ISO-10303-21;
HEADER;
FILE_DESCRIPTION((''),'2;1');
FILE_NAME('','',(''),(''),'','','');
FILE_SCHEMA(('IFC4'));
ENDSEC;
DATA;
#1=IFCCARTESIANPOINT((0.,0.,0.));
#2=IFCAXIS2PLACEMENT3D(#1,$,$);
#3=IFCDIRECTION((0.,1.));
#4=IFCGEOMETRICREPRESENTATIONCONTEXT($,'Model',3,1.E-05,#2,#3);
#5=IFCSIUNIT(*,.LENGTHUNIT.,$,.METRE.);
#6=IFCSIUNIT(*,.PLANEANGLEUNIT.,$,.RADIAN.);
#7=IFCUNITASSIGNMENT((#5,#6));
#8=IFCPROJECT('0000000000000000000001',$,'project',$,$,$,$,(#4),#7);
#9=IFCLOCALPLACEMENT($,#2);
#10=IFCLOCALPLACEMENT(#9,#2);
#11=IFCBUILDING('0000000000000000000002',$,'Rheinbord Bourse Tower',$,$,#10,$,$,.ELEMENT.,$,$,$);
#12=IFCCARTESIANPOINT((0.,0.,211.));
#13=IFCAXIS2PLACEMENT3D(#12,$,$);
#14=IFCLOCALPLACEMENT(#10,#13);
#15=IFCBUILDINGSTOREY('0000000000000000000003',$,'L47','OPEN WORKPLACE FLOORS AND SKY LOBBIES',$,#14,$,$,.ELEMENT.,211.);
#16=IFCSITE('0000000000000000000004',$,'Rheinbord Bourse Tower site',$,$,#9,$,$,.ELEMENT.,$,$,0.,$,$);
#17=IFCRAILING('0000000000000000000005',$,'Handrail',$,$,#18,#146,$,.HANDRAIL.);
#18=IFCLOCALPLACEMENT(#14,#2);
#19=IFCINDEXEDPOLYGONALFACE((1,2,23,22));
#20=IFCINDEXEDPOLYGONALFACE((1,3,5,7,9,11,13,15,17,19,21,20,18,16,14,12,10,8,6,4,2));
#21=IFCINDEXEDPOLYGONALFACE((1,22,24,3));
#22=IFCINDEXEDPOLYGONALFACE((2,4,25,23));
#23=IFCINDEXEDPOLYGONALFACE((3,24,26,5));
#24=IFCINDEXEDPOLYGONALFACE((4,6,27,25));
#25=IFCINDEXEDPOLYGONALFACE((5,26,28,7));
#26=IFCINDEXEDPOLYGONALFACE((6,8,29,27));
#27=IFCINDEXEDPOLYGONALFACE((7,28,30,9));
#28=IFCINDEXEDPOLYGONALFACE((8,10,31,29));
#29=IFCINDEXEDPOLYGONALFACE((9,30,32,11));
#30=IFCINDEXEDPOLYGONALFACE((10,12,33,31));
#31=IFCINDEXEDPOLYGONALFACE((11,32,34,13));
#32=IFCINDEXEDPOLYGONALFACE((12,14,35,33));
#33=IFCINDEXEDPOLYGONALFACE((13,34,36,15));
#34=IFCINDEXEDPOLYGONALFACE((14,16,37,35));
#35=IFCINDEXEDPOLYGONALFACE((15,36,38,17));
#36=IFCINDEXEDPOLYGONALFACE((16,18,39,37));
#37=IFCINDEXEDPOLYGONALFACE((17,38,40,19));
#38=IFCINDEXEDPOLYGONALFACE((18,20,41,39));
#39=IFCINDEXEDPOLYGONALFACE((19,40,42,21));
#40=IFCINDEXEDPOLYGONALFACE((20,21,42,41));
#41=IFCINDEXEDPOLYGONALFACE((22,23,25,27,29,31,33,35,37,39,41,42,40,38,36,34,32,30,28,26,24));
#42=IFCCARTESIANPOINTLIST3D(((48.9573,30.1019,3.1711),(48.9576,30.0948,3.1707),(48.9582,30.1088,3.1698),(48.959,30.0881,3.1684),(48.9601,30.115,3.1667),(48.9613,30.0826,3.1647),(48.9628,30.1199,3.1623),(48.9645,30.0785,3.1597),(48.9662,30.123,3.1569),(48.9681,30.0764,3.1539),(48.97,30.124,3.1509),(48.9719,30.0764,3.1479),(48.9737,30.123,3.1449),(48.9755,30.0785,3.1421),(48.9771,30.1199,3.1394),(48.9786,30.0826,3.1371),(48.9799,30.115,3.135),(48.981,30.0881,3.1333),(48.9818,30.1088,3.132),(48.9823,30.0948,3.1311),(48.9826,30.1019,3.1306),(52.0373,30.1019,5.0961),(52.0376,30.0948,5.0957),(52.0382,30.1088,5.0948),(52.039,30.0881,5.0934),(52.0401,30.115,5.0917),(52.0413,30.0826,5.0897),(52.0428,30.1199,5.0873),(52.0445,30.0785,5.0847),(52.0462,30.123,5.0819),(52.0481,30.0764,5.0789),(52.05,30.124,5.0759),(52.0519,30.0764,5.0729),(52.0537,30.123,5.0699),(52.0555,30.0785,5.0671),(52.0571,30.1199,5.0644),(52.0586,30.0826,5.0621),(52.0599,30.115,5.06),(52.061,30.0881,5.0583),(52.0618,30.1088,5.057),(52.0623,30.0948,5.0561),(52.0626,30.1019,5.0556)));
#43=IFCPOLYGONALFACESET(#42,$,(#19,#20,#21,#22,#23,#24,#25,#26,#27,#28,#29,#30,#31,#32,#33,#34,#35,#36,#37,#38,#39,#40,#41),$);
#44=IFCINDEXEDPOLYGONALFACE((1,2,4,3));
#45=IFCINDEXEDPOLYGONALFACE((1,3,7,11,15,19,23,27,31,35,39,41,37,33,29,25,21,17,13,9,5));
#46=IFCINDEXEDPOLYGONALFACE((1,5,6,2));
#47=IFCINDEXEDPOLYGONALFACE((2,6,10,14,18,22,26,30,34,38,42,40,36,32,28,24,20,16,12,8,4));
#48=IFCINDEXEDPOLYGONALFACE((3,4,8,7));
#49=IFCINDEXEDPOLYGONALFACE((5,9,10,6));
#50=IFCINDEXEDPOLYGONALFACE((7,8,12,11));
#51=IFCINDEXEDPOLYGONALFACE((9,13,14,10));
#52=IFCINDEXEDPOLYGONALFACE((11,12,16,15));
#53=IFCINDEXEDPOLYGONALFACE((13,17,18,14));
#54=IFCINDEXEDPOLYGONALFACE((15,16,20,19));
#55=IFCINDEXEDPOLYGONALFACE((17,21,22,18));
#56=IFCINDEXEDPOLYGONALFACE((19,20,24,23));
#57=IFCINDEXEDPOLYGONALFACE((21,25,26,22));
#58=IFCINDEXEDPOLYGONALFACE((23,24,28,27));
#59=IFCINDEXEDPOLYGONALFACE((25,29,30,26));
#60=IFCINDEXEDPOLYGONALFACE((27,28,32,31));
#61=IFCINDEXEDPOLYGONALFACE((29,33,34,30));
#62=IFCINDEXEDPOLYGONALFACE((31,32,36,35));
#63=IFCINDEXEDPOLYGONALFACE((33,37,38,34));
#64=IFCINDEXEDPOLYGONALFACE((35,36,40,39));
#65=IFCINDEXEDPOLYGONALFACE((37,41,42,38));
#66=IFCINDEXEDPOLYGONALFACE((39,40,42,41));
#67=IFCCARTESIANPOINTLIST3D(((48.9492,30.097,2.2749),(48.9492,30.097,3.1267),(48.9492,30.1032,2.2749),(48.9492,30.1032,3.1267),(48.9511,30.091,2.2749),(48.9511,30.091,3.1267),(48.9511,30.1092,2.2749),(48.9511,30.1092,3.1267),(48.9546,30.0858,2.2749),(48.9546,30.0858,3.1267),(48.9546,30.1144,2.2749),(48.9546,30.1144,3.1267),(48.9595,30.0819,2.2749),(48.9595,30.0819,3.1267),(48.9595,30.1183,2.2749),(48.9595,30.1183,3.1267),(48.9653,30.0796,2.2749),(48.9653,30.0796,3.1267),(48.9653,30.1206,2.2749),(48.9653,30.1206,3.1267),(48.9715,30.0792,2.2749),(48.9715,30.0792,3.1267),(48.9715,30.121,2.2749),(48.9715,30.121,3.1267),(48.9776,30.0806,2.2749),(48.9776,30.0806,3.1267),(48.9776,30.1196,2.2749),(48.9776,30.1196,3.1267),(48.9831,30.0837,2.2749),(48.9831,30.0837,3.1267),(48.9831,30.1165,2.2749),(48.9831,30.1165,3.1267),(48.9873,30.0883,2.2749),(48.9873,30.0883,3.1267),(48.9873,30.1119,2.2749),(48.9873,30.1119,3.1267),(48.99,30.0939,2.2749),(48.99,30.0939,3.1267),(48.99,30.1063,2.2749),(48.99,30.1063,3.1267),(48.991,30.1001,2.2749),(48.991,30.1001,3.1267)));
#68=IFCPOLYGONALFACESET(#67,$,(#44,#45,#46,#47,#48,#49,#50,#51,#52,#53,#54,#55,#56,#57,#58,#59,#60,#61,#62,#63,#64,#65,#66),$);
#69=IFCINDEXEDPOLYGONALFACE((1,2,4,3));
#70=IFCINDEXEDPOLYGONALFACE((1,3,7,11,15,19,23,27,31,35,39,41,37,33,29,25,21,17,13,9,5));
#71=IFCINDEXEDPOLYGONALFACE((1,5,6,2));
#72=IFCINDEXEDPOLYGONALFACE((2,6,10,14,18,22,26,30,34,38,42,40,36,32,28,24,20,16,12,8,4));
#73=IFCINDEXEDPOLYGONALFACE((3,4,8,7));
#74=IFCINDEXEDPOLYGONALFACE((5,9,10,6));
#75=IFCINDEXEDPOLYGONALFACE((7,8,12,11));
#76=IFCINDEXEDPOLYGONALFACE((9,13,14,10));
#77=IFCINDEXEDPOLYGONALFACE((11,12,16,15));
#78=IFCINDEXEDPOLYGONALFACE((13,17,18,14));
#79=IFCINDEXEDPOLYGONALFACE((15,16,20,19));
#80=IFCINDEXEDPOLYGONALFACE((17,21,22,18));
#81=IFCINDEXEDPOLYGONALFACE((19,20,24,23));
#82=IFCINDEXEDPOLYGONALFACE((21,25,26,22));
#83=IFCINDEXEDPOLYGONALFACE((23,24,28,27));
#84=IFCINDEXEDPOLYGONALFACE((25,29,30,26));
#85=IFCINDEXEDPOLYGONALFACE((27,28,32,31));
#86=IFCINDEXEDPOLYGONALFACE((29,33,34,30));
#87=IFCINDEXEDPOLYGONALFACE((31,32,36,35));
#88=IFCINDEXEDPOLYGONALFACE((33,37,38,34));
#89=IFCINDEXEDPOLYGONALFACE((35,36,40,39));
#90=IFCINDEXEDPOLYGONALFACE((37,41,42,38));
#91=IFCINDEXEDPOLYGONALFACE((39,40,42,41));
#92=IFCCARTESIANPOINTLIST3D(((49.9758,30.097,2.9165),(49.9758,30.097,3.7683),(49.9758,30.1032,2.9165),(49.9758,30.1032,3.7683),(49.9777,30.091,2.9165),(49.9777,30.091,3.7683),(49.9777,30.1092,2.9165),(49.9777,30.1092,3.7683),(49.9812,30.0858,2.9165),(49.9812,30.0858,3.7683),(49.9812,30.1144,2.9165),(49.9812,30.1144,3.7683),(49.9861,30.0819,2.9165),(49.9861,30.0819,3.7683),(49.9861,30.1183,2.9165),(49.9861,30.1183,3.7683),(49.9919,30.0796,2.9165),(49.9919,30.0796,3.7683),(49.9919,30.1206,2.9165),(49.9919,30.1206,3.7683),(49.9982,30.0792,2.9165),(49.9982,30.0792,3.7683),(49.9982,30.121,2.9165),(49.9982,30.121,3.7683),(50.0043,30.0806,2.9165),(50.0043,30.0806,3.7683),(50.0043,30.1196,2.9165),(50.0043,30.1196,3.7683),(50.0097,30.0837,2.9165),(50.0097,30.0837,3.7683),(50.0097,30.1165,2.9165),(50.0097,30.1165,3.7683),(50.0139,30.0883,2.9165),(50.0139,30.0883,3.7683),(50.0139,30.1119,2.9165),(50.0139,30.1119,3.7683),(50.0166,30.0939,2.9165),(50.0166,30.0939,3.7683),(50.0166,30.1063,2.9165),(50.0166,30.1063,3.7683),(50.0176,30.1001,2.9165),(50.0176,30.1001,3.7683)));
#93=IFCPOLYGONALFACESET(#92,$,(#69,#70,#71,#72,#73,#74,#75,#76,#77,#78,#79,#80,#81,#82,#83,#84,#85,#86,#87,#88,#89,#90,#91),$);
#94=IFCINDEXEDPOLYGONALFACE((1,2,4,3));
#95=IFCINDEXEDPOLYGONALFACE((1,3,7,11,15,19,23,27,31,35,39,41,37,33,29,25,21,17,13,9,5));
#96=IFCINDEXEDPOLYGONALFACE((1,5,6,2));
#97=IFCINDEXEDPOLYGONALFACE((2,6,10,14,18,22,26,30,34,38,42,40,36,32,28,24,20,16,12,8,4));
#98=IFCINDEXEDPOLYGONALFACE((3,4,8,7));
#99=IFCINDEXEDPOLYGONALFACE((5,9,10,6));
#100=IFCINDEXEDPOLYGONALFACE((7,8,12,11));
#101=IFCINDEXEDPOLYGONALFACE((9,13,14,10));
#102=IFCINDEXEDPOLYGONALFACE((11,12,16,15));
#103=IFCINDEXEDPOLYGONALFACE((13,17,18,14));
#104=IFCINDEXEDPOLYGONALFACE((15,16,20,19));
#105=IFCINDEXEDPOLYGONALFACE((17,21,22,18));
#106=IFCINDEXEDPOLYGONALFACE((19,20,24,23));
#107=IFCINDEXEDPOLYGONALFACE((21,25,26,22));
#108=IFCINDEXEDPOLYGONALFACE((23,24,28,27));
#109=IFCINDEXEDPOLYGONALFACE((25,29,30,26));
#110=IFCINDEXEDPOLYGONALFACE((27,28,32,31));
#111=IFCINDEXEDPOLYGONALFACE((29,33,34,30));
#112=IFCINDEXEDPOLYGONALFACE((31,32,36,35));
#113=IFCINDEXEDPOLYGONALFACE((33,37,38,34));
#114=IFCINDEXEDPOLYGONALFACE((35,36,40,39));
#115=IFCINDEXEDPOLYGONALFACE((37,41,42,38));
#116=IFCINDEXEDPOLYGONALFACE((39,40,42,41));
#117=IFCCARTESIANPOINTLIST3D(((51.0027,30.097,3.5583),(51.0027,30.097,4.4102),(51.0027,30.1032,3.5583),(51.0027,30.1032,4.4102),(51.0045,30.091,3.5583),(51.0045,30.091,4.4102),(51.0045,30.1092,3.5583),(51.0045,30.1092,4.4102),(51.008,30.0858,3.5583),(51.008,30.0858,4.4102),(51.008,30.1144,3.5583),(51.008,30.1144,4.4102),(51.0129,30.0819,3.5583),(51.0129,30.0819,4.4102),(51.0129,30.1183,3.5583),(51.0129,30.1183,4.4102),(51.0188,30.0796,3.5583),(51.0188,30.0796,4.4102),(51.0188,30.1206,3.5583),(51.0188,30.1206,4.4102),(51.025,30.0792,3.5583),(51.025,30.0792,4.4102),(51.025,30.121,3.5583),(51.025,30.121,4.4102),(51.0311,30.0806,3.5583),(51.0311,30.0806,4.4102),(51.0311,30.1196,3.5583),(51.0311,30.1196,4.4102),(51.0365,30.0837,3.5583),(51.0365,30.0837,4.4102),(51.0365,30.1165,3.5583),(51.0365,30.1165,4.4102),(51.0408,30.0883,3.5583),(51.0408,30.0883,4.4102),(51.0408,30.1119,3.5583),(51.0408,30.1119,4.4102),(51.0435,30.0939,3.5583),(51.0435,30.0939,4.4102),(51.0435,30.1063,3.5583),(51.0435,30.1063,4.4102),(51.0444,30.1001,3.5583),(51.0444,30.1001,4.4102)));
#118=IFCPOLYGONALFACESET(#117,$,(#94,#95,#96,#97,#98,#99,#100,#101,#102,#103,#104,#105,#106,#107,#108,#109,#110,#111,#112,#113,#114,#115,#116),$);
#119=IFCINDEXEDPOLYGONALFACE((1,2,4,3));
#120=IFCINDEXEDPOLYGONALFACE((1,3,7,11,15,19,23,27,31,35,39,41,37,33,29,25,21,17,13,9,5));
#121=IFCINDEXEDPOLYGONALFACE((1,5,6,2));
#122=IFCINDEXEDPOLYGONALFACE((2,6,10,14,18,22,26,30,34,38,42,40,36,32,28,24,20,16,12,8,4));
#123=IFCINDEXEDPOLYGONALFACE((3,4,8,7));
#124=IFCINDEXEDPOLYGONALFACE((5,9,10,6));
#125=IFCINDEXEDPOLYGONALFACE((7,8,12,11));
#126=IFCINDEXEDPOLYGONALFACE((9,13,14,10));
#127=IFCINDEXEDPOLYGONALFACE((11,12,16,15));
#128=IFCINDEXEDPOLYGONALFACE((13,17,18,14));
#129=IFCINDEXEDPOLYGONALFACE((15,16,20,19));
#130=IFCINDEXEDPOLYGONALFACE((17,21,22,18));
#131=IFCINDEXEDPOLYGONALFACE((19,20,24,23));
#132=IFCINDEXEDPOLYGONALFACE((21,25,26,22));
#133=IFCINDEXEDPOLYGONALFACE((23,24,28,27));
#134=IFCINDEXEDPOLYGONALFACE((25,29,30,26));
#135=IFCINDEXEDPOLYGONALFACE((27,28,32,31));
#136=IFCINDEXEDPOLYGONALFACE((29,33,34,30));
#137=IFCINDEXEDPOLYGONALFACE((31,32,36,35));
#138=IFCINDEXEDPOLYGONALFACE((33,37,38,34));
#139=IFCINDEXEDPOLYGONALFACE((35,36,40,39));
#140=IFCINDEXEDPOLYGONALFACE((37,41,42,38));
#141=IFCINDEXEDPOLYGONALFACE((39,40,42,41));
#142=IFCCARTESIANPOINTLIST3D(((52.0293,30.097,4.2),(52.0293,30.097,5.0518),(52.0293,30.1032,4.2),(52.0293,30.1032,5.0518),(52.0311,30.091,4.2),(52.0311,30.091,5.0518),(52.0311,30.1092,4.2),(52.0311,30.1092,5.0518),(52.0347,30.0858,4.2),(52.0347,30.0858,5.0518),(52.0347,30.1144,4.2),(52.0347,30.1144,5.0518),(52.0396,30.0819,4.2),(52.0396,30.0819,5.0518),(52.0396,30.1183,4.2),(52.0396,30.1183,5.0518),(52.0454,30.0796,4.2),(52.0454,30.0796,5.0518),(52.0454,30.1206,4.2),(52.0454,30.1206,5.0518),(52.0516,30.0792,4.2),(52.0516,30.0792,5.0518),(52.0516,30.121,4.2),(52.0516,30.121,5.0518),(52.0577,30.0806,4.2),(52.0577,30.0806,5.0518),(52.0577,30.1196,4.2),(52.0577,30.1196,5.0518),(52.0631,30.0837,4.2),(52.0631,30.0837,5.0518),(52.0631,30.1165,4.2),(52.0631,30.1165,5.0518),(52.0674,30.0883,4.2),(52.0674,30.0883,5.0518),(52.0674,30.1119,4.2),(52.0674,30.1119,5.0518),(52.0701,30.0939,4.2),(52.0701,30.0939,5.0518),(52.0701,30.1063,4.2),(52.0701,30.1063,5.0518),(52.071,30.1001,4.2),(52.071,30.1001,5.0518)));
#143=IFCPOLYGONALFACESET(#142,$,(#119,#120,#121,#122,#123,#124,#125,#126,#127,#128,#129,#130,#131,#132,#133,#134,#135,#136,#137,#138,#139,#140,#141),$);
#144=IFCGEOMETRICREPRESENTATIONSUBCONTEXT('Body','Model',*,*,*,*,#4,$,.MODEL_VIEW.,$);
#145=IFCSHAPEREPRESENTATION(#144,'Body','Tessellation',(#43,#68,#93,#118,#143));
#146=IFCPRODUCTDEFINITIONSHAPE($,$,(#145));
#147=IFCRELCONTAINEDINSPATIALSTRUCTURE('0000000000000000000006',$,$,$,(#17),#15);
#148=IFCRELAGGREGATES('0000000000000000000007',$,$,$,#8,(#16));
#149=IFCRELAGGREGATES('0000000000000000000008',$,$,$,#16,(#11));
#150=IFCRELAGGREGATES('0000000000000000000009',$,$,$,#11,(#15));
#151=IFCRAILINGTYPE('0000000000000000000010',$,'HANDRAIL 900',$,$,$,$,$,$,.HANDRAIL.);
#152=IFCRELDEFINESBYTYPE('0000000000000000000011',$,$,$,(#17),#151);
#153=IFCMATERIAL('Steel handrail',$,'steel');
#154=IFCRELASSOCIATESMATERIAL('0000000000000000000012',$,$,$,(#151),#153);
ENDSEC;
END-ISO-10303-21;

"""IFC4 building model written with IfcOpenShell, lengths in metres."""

from ifc_helpers import new_model, si_unit, direction, frame, origin, origin_2d, place, context, subcontext, project, spatial, circle, extrude, material, type_object, element, save


model = new_model("IFC4")

# Units and contexts
model_context = context("Model", 3, precision=1e-05, world=origin(), true_north=direction((0.0, 1.0)))
body_context = subcontext(model_context, "Body", "Model", "MODEL_VIEW")
ifc_project = project(units=[si_unit("LENGTHUNIT", "METRE"), si_unit("PLANEANGLEUNIT", "RADIAN")], contexts=[model_context])

# Site, building, storey
site_placement = place(None, origin())
site = spatial("IfcSite", under=ifc_project, at=site_placement, Name="Rheinbord Bourse Tower site", CompositionType="ELEMENT", RefElevation=0.0)
building_placement = place(site_placement, origin())
building = spatial("IfcBuilding", under=site, at=building_placement, Name="Rheinbord Bourse Tower", CompositionType="ELEMENT")
storey_placement = place(building_placement, frame((0.0, 0.0, 211.0)))
storey = spatial("IfcBuildingStorey", under=building, at=storey_placement, Name="L47", Description="OPEN WORKPLACE FLOORS AND SKY LOBBIES", CompositionType="ELEMENT", Elevation=211.0)

# Railing
ifc_material_1 = material(Name="Steel handrail", Category="steel")
railing_type = type_object("IfcRailingType", Name="HANDRAIL 900", PredefinedType="HANDRAIL", material=ifc_material_1)
railing_1_placement = place(storey_placement, frame((48.97, 30.1001, 2.2749)))
element("IfcRailing", 1, at=railing_1_placement, inside=storey, type_object=railing_type, Name="Handrail", PredefinedType="HANDRAIL", context=body_context, shape_type="SweptSolid", body=[
    extrude(circle(Radius=0.0239, at=origin_2d()), frame((0.0, 0.0, 0.876), z_axis=(0.847998, 0.0, 0.529999), x_axis=(0.0, 1.0, 0.0)), (0.0, 0.0, 1.0), 3.6321),
    extrude(circle(Radius=0.021, at=origin_2d()), origin(), (0.0, 0.0, 1.0), 0.8518),
    extrude(circle(Radius=0.021, at=origin_2d()), frame((1.0266, 0.0, 0.6416)), (0.0, 0.0, 1.0), 0.8518),
    extrude(circle(Radius=0.021, at=origin_2d()), frame((2.0535, 0.0, 1.2834)), (0.0, 0.0, 1.0), 0.8518),
    extrude(circle(Radius=0.021, at=origin_2d()), frame((3.0801, 0.0, 1.925)), (0.0, 0.0, 1.0), 0.8518),
])

save(model, "model.ifc")
